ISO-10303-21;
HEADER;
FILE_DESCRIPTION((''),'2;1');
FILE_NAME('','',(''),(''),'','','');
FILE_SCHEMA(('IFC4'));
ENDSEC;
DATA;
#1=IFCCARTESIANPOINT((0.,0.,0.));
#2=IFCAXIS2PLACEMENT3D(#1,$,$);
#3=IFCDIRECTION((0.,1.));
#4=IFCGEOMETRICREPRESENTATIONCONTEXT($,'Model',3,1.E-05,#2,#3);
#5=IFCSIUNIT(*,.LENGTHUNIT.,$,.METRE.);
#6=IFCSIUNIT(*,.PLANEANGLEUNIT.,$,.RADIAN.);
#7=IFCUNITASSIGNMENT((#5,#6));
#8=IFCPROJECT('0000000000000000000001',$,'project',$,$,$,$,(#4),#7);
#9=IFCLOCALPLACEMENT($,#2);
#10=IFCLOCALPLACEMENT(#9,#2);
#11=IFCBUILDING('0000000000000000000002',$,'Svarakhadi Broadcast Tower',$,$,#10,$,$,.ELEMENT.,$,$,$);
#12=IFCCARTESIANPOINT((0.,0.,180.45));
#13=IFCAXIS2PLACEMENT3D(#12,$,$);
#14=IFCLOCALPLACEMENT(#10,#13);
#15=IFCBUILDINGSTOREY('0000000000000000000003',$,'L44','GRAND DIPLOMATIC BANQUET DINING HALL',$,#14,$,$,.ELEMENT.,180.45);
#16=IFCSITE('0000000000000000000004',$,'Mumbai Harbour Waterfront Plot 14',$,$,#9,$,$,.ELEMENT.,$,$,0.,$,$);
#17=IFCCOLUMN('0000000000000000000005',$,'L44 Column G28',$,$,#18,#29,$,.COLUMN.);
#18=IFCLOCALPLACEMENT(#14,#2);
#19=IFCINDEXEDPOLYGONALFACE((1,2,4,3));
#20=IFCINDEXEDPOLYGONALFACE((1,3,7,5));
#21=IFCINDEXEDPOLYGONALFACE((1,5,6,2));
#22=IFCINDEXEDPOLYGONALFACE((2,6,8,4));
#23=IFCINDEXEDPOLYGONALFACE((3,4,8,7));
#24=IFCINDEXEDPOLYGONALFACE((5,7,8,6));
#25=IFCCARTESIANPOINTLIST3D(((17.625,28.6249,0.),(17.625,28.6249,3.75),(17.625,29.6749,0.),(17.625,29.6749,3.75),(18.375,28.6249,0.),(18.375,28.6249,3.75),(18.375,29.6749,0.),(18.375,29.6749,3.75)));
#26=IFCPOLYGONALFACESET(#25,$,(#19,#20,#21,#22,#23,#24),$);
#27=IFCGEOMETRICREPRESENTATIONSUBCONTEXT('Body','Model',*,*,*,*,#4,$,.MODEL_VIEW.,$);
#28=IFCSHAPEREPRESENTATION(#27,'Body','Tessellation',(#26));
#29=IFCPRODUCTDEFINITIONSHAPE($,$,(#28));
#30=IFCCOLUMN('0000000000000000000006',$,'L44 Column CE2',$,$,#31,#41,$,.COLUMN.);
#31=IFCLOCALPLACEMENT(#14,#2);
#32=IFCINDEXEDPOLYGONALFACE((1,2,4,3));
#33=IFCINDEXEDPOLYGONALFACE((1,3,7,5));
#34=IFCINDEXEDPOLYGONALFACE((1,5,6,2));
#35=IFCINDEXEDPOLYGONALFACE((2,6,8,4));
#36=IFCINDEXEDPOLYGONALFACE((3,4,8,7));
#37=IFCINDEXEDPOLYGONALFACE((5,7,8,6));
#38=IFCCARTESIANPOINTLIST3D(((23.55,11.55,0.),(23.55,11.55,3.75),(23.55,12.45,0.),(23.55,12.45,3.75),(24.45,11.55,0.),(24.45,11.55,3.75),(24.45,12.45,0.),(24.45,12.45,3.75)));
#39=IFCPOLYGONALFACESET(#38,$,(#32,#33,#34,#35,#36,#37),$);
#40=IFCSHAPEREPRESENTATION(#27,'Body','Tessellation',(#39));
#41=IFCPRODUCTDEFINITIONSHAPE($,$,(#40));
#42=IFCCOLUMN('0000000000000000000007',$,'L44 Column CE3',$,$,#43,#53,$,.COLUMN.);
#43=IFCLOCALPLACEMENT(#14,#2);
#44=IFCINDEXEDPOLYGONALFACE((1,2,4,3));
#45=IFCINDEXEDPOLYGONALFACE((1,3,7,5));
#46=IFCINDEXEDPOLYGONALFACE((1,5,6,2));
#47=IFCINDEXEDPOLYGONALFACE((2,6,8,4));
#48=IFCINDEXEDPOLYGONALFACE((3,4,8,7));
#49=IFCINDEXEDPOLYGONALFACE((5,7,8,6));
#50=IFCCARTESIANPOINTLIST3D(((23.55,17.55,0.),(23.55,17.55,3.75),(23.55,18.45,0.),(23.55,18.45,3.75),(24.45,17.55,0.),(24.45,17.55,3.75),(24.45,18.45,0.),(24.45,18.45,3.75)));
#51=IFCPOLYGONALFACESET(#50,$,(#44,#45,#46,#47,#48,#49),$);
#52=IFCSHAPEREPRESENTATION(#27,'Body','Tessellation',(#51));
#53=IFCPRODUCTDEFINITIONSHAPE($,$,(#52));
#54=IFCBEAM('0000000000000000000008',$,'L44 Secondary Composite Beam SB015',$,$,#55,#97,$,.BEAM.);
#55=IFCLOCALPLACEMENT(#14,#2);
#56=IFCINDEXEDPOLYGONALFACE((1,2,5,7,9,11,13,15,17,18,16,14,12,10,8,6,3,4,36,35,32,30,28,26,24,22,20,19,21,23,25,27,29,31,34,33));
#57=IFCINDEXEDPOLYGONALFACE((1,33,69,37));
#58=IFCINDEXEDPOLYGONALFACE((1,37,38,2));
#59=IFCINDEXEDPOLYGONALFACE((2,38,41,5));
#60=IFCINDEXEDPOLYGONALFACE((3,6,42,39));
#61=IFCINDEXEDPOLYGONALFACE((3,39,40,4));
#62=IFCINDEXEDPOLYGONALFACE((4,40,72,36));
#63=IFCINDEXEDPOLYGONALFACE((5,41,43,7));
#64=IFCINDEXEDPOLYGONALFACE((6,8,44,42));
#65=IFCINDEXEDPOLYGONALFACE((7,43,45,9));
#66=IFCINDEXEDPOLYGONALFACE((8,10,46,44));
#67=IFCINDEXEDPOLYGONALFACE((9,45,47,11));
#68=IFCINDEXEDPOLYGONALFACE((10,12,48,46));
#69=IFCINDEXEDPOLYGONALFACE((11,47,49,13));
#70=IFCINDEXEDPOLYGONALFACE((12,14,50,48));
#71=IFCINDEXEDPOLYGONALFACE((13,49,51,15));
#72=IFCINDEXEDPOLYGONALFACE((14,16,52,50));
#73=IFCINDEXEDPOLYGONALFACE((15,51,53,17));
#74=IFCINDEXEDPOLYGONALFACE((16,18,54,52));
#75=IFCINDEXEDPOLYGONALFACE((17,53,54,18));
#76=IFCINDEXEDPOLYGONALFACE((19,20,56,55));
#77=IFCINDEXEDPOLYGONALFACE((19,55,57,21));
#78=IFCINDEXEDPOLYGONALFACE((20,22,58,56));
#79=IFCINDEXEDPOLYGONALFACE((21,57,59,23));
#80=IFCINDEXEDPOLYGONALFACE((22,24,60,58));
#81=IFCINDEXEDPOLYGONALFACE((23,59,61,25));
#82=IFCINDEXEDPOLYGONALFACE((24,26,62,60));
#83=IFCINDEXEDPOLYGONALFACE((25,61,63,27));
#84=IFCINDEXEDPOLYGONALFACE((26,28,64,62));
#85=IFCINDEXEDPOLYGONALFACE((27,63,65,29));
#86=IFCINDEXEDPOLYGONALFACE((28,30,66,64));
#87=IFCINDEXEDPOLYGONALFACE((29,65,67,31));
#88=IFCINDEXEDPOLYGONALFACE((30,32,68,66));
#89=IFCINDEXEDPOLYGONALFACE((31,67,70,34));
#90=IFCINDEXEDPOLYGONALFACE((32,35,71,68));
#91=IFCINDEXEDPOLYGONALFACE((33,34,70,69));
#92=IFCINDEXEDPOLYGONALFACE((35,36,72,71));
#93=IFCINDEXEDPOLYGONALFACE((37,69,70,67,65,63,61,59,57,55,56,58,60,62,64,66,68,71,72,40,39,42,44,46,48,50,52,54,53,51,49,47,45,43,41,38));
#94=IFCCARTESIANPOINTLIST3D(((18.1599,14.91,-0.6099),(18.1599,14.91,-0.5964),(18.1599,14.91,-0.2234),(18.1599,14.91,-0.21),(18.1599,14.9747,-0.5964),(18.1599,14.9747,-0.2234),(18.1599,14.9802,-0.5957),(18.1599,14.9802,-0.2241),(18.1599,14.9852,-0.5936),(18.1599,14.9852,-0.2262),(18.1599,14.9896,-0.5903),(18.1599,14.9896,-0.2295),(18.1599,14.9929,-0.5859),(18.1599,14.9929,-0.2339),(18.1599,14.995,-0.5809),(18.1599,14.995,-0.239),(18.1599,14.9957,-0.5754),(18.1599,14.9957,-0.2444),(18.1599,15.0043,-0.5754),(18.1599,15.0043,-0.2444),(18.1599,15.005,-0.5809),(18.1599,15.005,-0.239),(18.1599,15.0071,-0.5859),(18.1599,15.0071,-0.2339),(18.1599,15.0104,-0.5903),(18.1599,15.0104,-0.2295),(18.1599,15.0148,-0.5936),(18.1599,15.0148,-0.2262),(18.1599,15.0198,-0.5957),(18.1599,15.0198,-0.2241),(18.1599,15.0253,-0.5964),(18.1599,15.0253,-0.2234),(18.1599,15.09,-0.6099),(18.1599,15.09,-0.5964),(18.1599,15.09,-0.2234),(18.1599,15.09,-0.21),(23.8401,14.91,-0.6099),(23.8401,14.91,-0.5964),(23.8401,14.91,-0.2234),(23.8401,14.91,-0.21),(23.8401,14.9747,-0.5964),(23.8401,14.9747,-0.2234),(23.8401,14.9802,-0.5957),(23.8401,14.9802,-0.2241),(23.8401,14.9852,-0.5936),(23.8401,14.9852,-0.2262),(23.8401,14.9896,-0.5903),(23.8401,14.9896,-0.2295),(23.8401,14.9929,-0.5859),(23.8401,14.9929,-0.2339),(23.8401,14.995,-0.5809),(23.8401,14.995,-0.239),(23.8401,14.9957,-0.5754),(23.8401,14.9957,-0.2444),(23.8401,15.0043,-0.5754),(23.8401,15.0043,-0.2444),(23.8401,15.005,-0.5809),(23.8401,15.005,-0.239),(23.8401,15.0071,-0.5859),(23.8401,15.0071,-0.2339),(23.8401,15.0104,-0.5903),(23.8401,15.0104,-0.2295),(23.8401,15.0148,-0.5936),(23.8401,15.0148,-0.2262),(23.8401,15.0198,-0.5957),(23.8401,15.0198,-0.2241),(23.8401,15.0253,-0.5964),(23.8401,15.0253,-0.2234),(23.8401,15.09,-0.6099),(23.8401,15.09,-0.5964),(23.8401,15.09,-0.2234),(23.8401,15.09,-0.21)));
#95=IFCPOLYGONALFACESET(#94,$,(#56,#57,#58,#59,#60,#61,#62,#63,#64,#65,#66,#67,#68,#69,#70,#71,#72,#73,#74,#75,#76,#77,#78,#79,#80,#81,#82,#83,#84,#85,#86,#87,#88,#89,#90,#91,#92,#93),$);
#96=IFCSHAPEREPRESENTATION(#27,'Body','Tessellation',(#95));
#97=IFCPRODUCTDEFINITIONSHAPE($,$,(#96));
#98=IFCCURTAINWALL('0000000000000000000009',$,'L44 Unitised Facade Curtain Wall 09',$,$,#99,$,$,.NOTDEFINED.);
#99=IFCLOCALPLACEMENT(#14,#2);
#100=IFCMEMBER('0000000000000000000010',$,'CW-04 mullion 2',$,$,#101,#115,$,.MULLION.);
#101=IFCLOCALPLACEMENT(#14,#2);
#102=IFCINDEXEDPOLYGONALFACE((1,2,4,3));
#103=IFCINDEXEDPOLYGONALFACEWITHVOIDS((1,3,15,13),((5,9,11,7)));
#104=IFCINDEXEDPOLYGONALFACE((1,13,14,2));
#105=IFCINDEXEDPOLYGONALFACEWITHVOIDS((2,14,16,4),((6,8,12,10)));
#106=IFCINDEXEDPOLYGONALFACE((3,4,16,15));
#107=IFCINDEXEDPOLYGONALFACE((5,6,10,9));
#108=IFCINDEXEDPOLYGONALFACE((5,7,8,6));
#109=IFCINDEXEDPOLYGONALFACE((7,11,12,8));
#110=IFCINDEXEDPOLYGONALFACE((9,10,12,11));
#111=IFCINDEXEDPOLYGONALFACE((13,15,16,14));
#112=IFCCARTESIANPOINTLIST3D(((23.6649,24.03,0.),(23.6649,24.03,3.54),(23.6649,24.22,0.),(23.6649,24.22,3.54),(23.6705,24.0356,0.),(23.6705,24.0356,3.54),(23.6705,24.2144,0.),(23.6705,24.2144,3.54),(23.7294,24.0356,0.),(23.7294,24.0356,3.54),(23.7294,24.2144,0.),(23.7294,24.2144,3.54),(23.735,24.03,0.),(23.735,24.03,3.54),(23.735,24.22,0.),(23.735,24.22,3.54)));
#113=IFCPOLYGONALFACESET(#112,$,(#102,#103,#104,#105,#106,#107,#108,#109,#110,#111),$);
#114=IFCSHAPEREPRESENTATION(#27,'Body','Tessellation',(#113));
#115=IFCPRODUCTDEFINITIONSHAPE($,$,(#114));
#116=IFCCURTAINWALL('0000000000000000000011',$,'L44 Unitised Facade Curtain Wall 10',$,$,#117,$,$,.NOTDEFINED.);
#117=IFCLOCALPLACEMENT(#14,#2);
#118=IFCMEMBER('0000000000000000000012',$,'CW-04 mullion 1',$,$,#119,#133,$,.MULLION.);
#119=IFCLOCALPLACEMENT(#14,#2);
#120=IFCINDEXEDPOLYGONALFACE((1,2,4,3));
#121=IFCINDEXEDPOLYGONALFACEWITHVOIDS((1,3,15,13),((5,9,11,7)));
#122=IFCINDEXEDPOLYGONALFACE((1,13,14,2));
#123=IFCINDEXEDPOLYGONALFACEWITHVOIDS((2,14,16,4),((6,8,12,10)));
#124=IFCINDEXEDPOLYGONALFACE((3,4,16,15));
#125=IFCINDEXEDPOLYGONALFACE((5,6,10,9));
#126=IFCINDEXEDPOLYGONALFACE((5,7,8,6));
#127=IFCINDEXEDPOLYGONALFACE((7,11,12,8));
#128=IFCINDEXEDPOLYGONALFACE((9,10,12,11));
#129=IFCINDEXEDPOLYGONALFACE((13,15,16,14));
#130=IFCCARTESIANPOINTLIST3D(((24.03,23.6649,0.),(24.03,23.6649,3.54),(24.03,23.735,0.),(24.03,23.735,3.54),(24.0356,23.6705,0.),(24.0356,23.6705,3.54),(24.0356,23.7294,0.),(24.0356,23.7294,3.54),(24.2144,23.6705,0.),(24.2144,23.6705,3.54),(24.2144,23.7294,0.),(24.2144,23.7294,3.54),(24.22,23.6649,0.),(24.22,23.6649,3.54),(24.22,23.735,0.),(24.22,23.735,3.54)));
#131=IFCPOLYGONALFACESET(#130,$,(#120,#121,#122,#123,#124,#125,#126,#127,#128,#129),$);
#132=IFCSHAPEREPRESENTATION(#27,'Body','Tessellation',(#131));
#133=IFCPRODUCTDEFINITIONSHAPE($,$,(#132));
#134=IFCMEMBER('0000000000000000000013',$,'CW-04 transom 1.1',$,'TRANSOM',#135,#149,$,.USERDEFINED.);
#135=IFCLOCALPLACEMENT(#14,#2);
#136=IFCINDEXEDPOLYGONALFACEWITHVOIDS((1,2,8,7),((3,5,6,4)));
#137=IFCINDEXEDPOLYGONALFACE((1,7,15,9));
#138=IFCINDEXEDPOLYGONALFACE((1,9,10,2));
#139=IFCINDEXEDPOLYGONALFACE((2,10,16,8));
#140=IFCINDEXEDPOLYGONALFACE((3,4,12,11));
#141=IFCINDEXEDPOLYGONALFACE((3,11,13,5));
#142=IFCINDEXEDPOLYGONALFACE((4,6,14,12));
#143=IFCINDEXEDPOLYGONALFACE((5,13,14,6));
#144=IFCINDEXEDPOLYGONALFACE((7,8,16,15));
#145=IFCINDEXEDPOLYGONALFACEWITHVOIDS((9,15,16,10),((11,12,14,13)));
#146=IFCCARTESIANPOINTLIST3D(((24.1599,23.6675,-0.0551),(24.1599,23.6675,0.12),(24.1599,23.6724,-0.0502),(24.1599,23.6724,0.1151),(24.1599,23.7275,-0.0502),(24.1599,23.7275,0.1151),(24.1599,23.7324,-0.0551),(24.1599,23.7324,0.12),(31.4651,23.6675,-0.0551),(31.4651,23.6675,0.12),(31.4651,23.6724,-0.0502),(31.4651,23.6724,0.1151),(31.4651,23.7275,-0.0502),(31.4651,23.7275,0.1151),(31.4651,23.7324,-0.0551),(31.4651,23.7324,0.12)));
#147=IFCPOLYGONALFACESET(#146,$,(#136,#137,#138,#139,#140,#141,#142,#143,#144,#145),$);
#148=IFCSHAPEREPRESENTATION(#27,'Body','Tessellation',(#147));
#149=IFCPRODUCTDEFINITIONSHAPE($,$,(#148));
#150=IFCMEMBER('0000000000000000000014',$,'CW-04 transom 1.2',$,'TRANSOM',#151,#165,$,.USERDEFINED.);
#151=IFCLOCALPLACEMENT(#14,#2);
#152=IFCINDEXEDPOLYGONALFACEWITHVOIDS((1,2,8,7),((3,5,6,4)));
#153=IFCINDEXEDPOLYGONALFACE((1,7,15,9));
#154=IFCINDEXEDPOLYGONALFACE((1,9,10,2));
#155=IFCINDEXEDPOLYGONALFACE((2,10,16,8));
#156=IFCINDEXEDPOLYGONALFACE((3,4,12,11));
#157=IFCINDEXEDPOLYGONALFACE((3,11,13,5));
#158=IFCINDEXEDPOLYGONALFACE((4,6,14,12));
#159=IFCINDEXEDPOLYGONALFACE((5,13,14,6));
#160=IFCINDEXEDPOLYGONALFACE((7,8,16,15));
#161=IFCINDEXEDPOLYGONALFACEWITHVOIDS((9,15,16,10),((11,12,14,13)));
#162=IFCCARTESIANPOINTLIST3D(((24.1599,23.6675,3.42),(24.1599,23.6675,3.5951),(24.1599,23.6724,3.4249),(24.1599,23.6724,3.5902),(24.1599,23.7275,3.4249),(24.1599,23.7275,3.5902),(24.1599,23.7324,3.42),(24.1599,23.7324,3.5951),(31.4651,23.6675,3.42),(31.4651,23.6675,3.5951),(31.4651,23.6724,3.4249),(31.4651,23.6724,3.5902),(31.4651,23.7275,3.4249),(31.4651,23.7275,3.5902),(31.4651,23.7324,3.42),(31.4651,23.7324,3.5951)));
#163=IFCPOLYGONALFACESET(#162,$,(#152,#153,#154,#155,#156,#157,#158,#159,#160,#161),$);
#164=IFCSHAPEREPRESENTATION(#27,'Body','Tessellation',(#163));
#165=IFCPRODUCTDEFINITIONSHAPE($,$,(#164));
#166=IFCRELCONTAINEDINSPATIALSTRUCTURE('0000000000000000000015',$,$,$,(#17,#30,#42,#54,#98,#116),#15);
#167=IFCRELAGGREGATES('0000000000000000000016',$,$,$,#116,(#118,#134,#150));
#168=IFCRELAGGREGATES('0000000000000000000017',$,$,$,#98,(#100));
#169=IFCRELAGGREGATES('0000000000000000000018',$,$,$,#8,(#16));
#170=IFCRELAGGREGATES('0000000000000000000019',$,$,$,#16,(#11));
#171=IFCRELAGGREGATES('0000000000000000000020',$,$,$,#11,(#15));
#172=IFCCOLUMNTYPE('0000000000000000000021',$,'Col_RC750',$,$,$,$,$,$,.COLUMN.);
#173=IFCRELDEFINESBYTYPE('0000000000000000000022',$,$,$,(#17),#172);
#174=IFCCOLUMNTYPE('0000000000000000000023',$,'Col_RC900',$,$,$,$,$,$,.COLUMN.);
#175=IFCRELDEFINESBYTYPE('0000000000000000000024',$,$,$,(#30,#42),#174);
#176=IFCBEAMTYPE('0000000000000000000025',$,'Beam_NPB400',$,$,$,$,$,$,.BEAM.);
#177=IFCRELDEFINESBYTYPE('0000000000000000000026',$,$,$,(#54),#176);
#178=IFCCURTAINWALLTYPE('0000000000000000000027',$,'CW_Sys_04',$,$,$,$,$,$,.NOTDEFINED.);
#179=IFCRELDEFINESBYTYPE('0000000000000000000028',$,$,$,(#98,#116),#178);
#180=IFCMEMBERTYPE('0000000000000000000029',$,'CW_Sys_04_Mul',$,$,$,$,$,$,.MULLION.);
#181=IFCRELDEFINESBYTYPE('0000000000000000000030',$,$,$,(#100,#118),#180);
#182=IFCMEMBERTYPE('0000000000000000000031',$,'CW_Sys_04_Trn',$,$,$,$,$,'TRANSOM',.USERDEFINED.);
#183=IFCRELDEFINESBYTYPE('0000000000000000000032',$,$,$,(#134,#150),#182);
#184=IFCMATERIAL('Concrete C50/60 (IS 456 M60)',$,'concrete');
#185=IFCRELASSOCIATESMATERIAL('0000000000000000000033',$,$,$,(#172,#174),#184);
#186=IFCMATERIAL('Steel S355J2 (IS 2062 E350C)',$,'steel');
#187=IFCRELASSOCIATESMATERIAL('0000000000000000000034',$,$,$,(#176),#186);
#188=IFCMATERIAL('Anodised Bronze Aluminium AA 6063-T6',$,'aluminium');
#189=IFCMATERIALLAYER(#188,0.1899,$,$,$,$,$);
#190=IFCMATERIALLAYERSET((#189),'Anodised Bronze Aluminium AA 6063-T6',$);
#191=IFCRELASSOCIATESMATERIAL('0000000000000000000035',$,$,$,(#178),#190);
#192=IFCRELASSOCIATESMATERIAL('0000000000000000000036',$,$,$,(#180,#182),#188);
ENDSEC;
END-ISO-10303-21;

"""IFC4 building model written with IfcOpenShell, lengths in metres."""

from ifc_helpers import new_model, si_unit, direction, frame, origin, origin_2d, place, context, subcontext, project, spatial, rectangle, hollow_rectangle, i_section, extrude, material, layer, layer_set, material_profile, profile_set, type_object, element, aggregate, save


model = new_model("IFC4")

# Units and contexts
model_context = context("Model", 3, precision=1e-05, world=origin(), true_north=direction((0.0, 1.0)))
body_context = subcontext(model_context, "Body", "Model", "MODEL_VIEW")
ifc_project = project(units=[si_unit("LENGTHUNIT", "METRE"), si_unit("PLANEANGLEUNIT", "RADIAN")], contexts=[model_context])

# Site, building, storey
site_placement = place(None, origin())
site = spatial("IfcSite", under=ifc_project, at=site_placement, Name="Mumbai Harbour Waterfront Plot 14", CompositionType="ELEMENT", RefElevation=0.0)
building_placement = place(site_placement, origin())
building = spatial("IfcBuilding", under=site, at=building_placement, Name="Svarakhadi Broadcast Tower", CompositionType="ELEMENT")
storey_placement = place(building_placement, frame((0.0, 0.0, 180.45)))
storey = spatial("IfcBuildingStorey", under=building, at=storey_placement, Name="L44", Description="GRAND DIPLOMATIC BANQUET DINING HALL", CompositionType="ELEMENT", Elevation=180.45)

# Columns
ifc_material_1 = material(Name="Concrete C50/60 (IS 456 M60)", Category="concrete")
ifc_material_profile_1 = material_profile(ifc_material_1, rectangle(XDim=0.75, YDim=1.05, at=origin_2d()), Name="RC 750x1050")
ifc_profile_set_1 = profile_set([ifc_material_profile_1], Name="Concrete C50/60 (IS 456 M60)")
column_type_1 = type_object("IfcColumnType", Name="Col_RC750", PredefinedType="COLUMN", material=ifc_profile_set_1)
column_placement = place(storey_placement, frame((18.0, 29.1499, 0.0), z_axis=(0.0, 0.0, 1.0), x_axis=(1.0, 0.0, 0.0)))
element("IfcColumn", 1, at=column_placement, inside=storey, type_object=column_type_1, Name="L44 Column G28", PredefinedType="COLUMN", context=body_context, shape_type="SweptSolid", body=[
    extrude(rectangle(XDim=0.75, YDim=1.05, at=origin_2d()), origin(), (0.0, 0.0, 1.0), 3.75),
])
ifc_material_profile_2 = material_profile(ifc_material_1, rectangle(XDim=0.8999, YDim=0.8999, at=origin_2d()), Name="RC 900x900")
ifc_profile_set_2 = profile_set([ifc_material_profile_2], Name="Concrete C50/60 (IS 456 M60)")
column_type_2 = type_object("IfcColumnType", Name="Col_RC900", PredefinedType="COLUMN", material=ifc_profile_set_2)
for number, where, z_axis, x_axis, name in (
    (2, (24.0, 12.0, 0.0), (0.0, 0.0, 1.0), (1.0, 0.0, 0.0), "L44 Column CE2"),
    (3, (24.0, 18.0, 0.0), (0.0, 0.0, 1.0), (1.0, 0.0, 0.0), "L44 Column CE3"),
):
    element("IfcColumn", number, at=place(storey_placement, frame(where, z_axis=z_axis, x_axis=x_axis)), inside=storey, type_object=column_type_2, Name=name, PredefinedType="COLUMN", context=body_context, shape_type="SweptSolid", body=[
        extrude(rectangle(XDim=0.8999, YDim=0.8999, at=origin_2d()), origin(), (0.0, 0.0, 1.0), 3.75),
    ])

# Beam
ifc_material_2 = material(Name="Steel S355J2 (IS 2062 E350C)", Category="steel")
ifc_material_profile_3 = material_profile(ifc_material_2, i_section(OverallWidth=0.1799, OverallDepth=0.3999, WebThickness=0.0085, FlangeThickness=0.0134, FilletRadius=0.021, at=origin_2d()), Name="NPB 400x180x66")
ifc_profile_set_3 = profile_set([ifc_material_profile_3], Name="Steel S355J2 (IS 2062 E350C)")
beam_type_1 = type_object("IfcBeamType", Name="Beam_NPB400", PredefinedType="BEAM", material=ifc_profile_set_3)
beam_placement = place(storey_placement, frame((18.1599, 15.0, -0.4099), z_axis=(1.0, 0.0, 0.0), x_axis=(0.0, 1.0, 0.0)))
element("IfcBeam", 4, at=beam_placement, inside=storey, type_object=beam_type_1, Name="L44 Secondary Composite Beam SB015", PredefinedType="BEAM", context=body_context, shape_type="SweptSolid", body=[
    extrude(i_section(OverallWidth=0.1799, OverallDepth=0.3999, WebThickness=0.0085, FlangeThickness=0.0134, FilletRadius=0.021, at=origin_2d()), origin(), (0.0, 0.0, 1.0), 5.6802),
])

# Curtain wall, member
ifc_material_3 = material(Name="Anodised Bronze Aluminium AA 6063-T6", Category="aluminium")
ifc_layer_1 = layer(ifc_material_3, 0.1899)
ifc_layer_set_1 = layer_set([ifc_layer_1], Name="Anodised Bronze Aluminium AA 6063-T6")
curtain_wall_type = type_object("IfcCurtainWallType", Name="CW_Sys_04", PredefinedType="NOTDEFINED", material=ifc_layer_set_1)
curtain_wall_1_placement = place(storey_placement, origin())
curtain_wall_1 = element("IfcCurtainWall", 5, at=curtain_wall_1_placement, inside=storey, type_object=curtain_wall_type, Name="L44 Unitised Facade Curtain Wall 09", PredefinedType="NOTDEFINED")
ifc_material_profile_4 = material_profile(ifc_material_3, hollow_rectangle(XDim=0.0701, YDim=0.1899, WallThickness=0.0056, at=origin_2d()), Name="ALU MULLION 190x70x6")
ifc_profile_set_4 = profile_set([ifc_material_profile_4], Name="Anodised Bronze Aluminium AA 6063-T6")
member_type_1 = type_object("IfcMemberType", Name="CW_Sys_04_Mul", PredefinedType="MULLION", material=ifc_profile_set_4)
member_1_placement = place(storey_placement, frame((23.7, 24.125, 0.0), z_axis=(0.0, 0.0, 1.0), x_axis=(1.0, 0.0, 0.0)))
member_1 = element("IfcMember", 6, at=member_1_placement, type_object=member_type_1, Name="CW-04 mullion 2", PredefinedType="MULLION", context=body_context, shape_type="SweptSolid", body=[
    extrude(hollow_rectangle(XDim=0.0701, YDim=0.1899, WallThickness=0.0056, at=origin_2d()), origin(), (0.0, 0.0, 1.0), 3.54),
])

# Curtain wall, members
curtain_wall_2_placement = place(storey_placement, origin())
curtain_wall_2 = element("IfcCurtainWall", 7, at=curtain_wall_2_placement, inside=storey, type_object=curtain_wall_type, Name="L44 Unitised Facade Curtain Wall 10", PredefinedType="NOTDEFINED")
member_2_placement = place(storey_placement, frame((24.125, 23.7, 0.0), z_axis=(0.0, 0.0, 1.0), x_axis=(0.0, 1.0, 0.0)))
member_2 = element("IfcMember", 8, at=member_2_placement, type_object=member_type_1, Name="CW-04 mullion 1", PredefinedType="MULLION", context=body_context, shape_type="SweptSolid", body=[
    extrude(hollow_rectangle(XDim=0.0701, YDim=0.1899, WallThickness=0.0056, at=origin_2d()), origin(), (0.0, 0.0, 1.0), 3.54),
])
ifc_material_profile_5 = material_profile(ifc_material_3, hollow_rectangle(XDim=0.0649, YDim=0.175, WallThickness=0.0049, at=origin_2d()), Name="ALU TRANSOM 175x65x5")
ifc_profile_set_5 = profile_set([ifc_material_profile_5], Name="Anodised Bronze Aluminium AA 6063-T6")
member_type_2 = type_object("IfcMemberType", Name="CW_Sys_04_Trn", ElementType="TRANSOM", PredefinedType="USERDEFINED", material=ifc_profile_set_5)
member_3_placement = place(storey_placement, frame((24.1599, 23.7, 0.0325), z_axis=(1.0, 0.0, 0.0), x_axis=(0.0, 1.0, 0.0)))
member_3 = element("IfcMember", 9, at=member_3_placement, type_object=member_type_2, Name="CW-04 transom 1.1", ObjectType="TRANSOM", PredefinedType="USERDEFINED", context=body_context, shape_type="SweptSolid", body=[
    extrude(hollow_rectangle(XDim=0.0649, YDim=0.175, WallThickness=0.0049, at=origin_2d()), origin(), (0.0, 0.0, 1.0), 7.3052),
])
member_4_placement = place(storey_placement, frame((24.1599, 23.7, 3.5076), z_axis=(1.0, 0.0, 0.0), x_axis=(0.0, 1.0, 0.0)))
member_4 = element("IfcMember", 10, at=member_4_placement, type_object=member_type_2, Name="CW-04 transom 1.2", ObjectType="TRANSOM", PredefinedType="USERDEFINED", context=body_context, shape_type="SweptSolid", body=[
    extrude(hollow_rectangle(XDim=0.0649, YDim=0.175, WallThickness=0.0049, at=origin_2d()), origin(), (0.0, 0.0, 1.0), 7.3052),
])
aggregate(curtain_wall_2, [member_2, member_3, member_4])

aggregate(curtain_wall_1, [member_1])

save(model, "model.ifc")
